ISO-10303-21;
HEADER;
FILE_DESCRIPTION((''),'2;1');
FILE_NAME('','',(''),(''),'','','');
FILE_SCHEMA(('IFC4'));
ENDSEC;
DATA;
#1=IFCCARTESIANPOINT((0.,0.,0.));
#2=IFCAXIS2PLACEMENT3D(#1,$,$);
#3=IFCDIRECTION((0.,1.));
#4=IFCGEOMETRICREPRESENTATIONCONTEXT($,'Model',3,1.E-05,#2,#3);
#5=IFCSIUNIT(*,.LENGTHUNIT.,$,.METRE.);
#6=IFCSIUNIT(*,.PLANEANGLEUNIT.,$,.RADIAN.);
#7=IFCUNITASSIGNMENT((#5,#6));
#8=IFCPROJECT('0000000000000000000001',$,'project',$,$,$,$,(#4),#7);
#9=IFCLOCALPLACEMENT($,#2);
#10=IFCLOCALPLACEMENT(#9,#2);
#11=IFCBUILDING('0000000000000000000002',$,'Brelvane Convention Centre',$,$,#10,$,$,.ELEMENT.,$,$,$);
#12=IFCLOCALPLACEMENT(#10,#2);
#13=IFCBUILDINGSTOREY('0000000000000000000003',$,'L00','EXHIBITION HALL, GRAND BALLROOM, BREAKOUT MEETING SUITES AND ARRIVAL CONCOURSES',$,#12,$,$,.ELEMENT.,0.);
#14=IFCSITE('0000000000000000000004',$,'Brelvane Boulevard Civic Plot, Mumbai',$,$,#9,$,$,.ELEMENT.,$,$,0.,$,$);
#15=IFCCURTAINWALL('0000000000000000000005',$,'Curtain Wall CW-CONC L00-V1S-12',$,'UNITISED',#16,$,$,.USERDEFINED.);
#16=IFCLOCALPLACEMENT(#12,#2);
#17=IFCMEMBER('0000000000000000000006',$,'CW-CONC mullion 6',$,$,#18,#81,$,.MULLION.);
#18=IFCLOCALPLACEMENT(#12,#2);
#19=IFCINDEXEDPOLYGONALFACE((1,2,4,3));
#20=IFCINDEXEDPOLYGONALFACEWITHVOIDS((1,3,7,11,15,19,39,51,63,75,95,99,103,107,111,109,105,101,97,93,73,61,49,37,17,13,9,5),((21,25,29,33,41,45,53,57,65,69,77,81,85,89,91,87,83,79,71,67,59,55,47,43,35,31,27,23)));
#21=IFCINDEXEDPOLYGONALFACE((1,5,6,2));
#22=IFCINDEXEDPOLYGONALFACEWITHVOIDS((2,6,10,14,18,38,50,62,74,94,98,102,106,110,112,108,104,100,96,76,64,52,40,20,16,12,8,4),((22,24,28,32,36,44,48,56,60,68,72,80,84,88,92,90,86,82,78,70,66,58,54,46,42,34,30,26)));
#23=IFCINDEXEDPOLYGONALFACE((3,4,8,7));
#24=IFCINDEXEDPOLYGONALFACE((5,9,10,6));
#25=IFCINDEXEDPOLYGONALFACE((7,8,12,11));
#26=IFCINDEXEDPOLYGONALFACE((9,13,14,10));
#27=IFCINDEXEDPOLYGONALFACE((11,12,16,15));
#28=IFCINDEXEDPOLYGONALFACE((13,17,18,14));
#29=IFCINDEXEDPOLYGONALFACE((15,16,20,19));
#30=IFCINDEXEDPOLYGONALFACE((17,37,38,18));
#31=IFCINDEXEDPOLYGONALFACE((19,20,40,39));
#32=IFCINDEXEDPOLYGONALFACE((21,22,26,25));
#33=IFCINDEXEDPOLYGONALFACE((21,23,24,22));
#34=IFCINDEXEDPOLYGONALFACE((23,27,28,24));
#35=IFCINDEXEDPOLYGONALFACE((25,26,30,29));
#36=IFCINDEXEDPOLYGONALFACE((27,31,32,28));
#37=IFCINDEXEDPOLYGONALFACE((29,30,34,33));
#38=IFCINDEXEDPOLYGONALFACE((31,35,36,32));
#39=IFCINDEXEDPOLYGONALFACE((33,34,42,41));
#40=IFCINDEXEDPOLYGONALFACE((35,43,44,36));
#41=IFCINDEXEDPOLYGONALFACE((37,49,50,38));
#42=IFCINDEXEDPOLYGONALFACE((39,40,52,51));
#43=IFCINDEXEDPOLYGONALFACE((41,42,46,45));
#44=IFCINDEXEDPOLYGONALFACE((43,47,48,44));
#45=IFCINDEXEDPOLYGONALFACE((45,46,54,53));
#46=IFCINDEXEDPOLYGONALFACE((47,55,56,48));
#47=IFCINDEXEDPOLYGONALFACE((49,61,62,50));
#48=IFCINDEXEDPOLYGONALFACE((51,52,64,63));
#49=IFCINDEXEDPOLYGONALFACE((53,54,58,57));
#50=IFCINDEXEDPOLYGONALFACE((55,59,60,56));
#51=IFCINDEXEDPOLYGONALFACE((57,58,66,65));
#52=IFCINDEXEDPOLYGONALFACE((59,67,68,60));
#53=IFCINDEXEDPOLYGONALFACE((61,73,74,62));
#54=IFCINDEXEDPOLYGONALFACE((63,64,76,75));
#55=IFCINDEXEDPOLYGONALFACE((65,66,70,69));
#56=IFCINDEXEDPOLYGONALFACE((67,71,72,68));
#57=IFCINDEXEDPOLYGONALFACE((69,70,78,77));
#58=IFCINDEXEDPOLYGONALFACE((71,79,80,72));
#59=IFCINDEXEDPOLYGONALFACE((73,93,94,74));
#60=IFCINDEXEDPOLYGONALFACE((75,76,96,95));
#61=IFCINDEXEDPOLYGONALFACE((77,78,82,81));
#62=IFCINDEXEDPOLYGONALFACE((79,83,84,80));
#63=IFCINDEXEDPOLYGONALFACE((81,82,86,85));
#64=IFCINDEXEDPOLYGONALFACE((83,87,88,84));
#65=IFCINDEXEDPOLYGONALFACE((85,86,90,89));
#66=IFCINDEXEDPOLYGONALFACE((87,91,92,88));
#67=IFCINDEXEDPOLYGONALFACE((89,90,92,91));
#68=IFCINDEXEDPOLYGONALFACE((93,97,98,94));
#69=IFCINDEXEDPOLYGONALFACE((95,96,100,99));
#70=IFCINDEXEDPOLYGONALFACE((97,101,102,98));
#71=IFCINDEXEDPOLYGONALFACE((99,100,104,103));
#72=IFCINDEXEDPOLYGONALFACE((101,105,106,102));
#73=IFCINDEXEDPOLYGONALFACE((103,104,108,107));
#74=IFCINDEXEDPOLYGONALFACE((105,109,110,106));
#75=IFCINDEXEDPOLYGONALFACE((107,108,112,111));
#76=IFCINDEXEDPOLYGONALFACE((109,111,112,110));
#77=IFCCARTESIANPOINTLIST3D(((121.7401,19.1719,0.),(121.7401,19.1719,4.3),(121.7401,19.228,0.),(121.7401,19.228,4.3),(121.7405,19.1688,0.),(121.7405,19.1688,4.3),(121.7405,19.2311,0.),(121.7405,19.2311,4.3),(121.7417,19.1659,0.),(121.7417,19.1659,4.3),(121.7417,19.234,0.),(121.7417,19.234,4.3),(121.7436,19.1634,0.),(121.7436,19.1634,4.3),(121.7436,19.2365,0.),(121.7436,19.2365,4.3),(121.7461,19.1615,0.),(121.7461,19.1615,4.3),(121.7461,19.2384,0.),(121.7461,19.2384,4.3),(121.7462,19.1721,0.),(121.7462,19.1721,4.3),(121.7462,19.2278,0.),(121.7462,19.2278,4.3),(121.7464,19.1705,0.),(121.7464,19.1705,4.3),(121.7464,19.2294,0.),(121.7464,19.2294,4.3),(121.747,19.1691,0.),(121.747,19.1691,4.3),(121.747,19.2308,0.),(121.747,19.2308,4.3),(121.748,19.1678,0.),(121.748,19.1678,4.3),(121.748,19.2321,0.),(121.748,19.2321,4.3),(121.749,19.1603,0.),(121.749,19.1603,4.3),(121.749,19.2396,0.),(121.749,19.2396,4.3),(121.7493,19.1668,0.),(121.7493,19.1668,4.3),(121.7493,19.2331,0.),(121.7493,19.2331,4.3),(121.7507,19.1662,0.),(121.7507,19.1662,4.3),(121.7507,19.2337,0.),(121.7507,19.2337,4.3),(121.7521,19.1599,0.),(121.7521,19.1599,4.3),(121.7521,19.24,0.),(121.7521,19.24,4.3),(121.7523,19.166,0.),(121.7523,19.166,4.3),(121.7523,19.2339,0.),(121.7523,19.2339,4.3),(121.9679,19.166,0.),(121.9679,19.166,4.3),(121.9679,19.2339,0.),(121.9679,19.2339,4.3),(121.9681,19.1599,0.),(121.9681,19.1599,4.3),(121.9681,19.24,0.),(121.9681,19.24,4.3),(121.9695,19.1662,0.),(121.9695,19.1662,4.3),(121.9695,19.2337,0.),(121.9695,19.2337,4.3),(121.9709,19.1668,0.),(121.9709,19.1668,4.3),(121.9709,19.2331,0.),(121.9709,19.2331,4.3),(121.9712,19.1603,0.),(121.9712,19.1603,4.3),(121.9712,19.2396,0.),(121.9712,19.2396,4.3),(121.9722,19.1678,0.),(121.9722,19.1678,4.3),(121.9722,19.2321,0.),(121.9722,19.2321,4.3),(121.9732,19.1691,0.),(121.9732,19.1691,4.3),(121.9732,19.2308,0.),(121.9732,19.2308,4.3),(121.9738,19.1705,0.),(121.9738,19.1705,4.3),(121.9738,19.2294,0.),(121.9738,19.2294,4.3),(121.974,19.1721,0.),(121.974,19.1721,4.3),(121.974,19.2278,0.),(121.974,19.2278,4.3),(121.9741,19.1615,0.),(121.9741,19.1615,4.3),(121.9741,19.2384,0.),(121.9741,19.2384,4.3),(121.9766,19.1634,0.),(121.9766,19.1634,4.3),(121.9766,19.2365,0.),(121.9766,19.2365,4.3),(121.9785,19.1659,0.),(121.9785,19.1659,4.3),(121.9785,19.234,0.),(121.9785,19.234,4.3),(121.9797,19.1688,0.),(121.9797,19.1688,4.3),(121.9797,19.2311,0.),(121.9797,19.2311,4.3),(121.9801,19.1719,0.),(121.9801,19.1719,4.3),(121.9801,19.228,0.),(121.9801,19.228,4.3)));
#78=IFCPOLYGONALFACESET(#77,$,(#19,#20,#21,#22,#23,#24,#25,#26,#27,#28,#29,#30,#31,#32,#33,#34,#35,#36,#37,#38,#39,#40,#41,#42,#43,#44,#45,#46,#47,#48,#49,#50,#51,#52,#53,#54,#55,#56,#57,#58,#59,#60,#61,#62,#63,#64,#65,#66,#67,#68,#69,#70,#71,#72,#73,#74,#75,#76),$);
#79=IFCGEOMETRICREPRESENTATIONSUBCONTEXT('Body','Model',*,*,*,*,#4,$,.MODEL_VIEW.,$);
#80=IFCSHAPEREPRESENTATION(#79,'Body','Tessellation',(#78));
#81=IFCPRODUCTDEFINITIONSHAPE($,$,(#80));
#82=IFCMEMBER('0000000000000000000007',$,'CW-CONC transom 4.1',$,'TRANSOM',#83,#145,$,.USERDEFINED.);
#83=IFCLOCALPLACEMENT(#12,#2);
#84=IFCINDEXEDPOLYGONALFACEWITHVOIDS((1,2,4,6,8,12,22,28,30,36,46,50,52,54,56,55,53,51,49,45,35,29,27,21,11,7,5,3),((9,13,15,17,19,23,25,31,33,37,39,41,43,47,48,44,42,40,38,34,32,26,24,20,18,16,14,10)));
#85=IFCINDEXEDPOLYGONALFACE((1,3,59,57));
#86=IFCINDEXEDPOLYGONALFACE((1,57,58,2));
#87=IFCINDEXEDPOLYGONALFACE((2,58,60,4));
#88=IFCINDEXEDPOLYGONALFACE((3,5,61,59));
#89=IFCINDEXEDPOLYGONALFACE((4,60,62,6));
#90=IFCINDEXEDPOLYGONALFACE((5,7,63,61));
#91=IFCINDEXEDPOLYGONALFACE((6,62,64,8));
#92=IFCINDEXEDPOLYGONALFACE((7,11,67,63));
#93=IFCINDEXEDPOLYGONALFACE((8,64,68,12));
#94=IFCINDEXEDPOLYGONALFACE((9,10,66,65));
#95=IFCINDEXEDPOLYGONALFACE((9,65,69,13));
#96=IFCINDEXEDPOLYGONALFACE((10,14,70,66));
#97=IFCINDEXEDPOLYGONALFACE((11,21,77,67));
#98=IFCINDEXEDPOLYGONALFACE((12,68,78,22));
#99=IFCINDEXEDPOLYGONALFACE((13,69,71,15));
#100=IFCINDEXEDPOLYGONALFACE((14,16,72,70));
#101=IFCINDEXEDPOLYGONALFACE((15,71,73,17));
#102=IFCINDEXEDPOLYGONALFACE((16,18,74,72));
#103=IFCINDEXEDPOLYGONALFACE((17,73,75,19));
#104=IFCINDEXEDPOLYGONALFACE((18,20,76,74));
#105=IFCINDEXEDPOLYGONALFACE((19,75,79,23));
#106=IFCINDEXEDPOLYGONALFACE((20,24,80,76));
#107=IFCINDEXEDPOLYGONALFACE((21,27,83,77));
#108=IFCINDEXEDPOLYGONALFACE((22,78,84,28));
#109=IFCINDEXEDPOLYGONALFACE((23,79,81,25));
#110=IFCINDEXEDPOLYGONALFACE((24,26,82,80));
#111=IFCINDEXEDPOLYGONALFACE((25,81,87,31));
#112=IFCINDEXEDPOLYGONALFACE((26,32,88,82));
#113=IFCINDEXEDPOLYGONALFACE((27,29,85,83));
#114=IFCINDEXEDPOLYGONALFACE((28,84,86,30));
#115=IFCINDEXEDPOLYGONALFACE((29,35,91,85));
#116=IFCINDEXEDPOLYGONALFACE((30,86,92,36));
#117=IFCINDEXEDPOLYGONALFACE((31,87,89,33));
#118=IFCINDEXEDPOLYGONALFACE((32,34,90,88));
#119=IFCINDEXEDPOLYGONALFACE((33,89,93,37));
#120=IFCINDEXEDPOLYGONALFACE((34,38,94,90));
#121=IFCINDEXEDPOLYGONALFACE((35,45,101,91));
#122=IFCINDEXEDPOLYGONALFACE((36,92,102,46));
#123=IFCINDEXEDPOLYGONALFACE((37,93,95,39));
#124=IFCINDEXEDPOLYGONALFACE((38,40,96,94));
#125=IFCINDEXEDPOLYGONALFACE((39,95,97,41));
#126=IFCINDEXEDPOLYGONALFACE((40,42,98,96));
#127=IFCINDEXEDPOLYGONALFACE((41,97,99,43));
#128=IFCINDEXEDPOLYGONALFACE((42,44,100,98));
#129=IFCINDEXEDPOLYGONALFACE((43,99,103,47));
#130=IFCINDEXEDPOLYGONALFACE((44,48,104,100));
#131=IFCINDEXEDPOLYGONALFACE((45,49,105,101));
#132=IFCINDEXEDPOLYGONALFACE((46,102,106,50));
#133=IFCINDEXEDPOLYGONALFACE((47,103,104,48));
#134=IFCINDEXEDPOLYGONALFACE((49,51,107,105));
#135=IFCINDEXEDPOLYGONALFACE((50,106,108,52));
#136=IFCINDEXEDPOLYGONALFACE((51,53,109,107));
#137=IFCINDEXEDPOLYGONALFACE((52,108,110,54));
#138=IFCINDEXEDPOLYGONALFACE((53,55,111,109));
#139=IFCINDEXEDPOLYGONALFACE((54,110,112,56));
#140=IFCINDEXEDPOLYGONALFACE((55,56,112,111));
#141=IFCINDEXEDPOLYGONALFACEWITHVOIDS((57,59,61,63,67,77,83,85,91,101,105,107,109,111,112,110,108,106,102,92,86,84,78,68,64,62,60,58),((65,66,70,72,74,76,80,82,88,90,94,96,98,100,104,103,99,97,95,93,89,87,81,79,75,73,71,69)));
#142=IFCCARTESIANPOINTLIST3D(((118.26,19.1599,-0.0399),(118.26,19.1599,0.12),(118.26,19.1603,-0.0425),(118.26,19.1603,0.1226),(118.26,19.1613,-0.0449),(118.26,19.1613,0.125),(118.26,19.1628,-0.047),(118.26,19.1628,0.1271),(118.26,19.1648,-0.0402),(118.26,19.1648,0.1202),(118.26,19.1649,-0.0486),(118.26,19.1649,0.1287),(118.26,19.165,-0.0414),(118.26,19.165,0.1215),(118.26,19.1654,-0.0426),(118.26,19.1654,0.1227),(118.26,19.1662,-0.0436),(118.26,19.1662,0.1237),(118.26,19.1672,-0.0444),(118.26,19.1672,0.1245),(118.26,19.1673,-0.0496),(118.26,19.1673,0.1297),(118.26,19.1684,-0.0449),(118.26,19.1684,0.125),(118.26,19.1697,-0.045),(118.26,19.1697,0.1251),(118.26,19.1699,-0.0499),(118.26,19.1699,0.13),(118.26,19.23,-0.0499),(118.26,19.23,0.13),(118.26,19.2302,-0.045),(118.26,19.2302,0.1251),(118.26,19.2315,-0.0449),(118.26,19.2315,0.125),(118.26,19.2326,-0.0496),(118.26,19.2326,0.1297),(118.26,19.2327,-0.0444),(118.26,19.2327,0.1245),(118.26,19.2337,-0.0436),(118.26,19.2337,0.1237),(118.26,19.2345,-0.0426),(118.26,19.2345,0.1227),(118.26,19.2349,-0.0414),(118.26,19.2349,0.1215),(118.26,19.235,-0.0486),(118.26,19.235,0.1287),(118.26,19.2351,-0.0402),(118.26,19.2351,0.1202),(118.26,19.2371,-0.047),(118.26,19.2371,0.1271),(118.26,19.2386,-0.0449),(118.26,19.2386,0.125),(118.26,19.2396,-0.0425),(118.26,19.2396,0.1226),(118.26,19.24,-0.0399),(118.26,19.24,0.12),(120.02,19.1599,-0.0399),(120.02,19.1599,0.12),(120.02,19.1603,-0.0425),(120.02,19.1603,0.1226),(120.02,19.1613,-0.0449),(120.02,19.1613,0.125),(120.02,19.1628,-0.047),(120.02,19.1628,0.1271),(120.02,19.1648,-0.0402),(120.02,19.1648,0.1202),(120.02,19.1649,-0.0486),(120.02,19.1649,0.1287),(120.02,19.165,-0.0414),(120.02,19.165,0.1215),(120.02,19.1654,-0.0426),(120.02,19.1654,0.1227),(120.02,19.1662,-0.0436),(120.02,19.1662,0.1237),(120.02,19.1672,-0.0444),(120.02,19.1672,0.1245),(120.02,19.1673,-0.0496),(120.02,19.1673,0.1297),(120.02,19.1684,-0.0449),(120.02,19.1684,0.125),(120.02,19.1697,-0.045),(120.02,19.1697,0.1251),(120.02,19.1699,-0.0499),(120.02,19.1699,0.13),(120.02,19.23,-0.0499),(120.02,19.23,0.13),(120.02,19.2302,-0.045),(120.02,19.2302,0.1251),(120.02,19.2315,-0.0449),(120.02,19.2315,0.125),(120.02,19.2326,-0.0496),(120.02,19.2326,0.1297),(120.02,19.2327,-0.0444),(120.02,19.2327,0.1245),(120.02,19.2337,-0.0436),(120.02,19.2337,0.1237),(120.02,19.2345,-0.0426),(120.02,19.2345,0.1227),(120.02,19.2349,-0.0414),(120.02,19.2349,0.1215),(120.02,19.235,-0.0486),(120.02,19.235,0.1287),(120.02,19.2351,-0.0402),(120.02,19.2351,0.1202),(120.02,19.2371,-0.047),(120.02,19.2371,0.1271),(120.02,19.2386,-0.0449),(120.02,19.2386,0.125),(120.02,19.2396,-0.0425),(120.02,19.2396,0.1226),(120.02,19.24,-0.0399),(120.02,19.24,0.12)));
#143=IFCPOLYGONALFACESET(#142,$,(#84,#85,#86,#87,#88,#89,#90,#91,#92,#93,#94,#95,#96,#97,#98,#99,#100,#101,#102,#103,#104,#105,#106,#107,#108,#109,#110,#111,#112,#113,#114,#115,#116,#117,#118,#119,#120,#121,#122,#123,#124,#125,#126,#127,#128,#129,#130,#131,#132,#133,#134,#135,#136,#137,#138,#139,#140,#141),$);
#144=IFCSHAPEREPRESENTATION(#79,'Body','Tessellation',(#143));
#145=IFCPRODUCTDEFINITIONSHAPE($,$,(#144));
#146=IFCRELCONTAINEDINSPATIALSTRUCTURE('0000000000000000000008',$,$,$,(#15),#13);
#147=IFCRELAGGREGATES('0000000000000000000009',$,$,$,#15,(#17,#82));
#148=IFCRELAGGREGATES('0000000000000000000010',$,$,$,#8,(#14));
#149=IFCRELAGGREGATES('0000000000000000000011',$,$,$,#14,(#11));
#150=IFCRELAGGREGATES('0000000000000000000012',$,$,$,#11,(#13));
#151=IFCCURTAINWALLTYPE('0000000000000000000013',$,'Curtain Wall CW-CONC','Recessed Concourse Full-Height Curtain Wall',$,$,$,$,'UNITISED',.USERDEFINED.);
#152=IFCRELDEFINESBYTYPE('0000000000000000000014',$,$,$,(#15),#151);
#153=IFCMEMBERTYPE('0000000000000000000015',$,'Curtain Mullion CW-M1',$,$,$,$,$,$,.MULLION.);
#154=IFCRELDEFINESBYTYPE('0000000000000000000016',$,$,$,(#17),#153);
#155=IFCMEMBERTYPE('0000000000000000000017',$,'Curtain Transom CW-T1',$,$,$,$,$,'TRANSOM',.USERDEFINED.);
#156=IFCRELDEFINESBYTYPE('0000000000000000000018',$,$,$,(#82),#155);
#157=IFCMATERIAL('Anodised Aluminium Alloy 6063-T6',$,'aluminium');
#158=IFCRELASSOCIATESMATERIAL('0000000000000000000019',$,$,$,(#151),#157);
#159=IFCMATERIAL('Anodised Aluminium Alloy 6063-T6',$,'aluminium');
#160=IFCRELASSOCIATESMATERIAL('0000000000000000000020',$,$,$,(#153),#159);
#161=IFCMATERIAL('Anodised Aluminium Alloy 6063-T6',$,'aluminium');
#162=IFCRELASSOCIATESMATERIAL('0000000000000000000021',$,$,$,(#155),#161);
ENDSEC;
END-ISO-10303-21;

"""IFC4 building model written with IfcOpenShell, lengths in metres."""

from ifc_helpers import new_model, si_unit, direction, frame, origin, origin_2d, place, context, subcontext, project, spatial, hollow_rectangle, extrude, material, material_profile, profile_set, type_object, element, aggregate, save


model = new_model("IFC4")

# Units and contexts
model_context = context("Model", 3, precision=1e-05, world=origin(), true_north=direction((0.0, 1.0)))
body_context = subcontext(model_context, "Body", "Model", "MODEL_VIEW")
ifc_project = project(units=[si_unit("LENGTHUNIT", "METRE"), si_unit("PLANEANGLEUNIT", "RADIAN")], contexts=[model_context])

# Site, building, storey
site_placement = place(None, origin())
site = spatial("IfcSite", under=ifc_project, at=site_placement, Name="Brelvane Boulevard Civic Plot, Mumbai", CompositionType="ELEMENT", RefElevation=0.0)
building_placement = place(site_placement, origin())
building = spatial("IfcBuilding", under=site, at=building_placement, Name="Brelvane Convention Centre", CompositionType="ELEMENT")
storey_placement = place(building_placement, origin())
storey = spatial("IfcBuildingStorey", under=building, at=storey_placement, Name="L00", Description="EXHIBITION HALL, GRAND BALLROOM, BREAKOUT MEETING SUITES AND ARRIVAL CONCOURSES", CompositionType="ELEMENT", Elevation=0.0)

# Curtain wall, members
ifc_material_1 = material(Name="Anodised Aluminium Alloy 6063-T6", Category="aluminium")
curtain_wall_type = type_object("IfcCurtainWallType", Name="Curtain Wall CW-CONC", Description="Recessed Concourse Full-Height Curtain Wall", ElementType="UNITISED", PredefinedType="USERDEFINED", material=ifc_material_1)
curtain_wall_placement = place(storey_placement, origin())
curtain_wall = element("IfcCurtainWall", 1, at=curtain_wall_placement, inside=storey, type_object=curtain_wall_type, Name="Curtain Wall CW-CONC L00-V1S-12", ObjectType="UNITISED", PredefinedType="USERDEFINED")
ifc_material_2 = material(Name="Anodised Aluminium Alloy 6063-T6", Category="aluminium")
ifc_material_profile_1 = material_profile(ifc_material_2, hollow_rectangle(XDim=0.0801, YDim=0.24, WallThickness=0.0061, InnerFilletRadius=0.0061, OuterFilletRadius=0.012, at=origin_2d()), Name="ALU-M 240x80x6.0")
ifc_profile_set_1 = profile_set([ifc_material_profile_1], Name="Anodised Aluminium Alloy 6063-T6")
member_type_1 = type_object("IfcMemberType", Name="Curtain Mullion CW-M1", PredefinedType="MULLION", material=ifc_profile_set_1)
member_1_placement = place(storey_placement, frame((121.8601, 19.2, 0.0), z_axis=(0.0, 0.0, 1.0), x_axis=(0.0, 1.0, 0.0)))
member_1 = element("IfcMember", 2, at=member_1_placement, type_object=member_type_1, Name="CW-CONC mullion 6", PredefinedType="MULLION", context=body_context, shape_type="SweptSolid", body=[
    extrude(hollow_rectangle(XDim=0.0801, YDim=0.24, WallThickness=0.0061, InnerFilletRadius=0.0061, OuterFilletRadius=0.012, at=origin_2d()), origin(), (0.0, 0.0, 1.0), 4.3),
])
ifc_material_3 = material(Name="Anodised Aluminium Alloy 6063-T6", Category="aluminium")
ifc_material_profile_2 = material_profile(ifc_material_3, hollow_rectangle(XDim=0.0801, YDim=0.1799, WallThickness=0.0049, InnerFilletRadius=0.0049, OuterFilletRadius=0.01, at=origin_2d()), Name="ALU-T 180x80x5.0")
ifc_profile_set_2 = profile_set([ifc_material_profile_2], Name="Anodised Aluminium Alloy 6063-T6")
member_type_2 = type_object("IfcMemberType", Name="Curtain Transom CW-T1", ElementType="TRANSOM", PredefinedType="USERDEFINED", material=ifc_profile_set_2)
member_2_placement = place(storey_placement, frame((118.26, 19.2, 0.04), z_axis=(1.0, 0.0, 0.0), x_axis=(0.0, 1.0, 0.0)))
member_2 = element("IfcMember", 3, at=member_2_placement, type_object=member_type_2, Name="CW-CONC transom 4.1", ObjectType="TRANSOM", PredefinedType="USERDEFINED", context=body_context, shape_type="SweptSolid", body=[
    extrude(hollow_rectangle(XDim=0.0801, YDim=0.1799, WallThickness=0.0049, InnerFilletRadius=0.0049, OuterFilletRadius=0.01, at=origin_2d()), origin(), (0.0, 0.0, 1.0), 1.76),
])
aggregate(curtain_wall, [member_1, member_2])

save(model, "model.ifc")
